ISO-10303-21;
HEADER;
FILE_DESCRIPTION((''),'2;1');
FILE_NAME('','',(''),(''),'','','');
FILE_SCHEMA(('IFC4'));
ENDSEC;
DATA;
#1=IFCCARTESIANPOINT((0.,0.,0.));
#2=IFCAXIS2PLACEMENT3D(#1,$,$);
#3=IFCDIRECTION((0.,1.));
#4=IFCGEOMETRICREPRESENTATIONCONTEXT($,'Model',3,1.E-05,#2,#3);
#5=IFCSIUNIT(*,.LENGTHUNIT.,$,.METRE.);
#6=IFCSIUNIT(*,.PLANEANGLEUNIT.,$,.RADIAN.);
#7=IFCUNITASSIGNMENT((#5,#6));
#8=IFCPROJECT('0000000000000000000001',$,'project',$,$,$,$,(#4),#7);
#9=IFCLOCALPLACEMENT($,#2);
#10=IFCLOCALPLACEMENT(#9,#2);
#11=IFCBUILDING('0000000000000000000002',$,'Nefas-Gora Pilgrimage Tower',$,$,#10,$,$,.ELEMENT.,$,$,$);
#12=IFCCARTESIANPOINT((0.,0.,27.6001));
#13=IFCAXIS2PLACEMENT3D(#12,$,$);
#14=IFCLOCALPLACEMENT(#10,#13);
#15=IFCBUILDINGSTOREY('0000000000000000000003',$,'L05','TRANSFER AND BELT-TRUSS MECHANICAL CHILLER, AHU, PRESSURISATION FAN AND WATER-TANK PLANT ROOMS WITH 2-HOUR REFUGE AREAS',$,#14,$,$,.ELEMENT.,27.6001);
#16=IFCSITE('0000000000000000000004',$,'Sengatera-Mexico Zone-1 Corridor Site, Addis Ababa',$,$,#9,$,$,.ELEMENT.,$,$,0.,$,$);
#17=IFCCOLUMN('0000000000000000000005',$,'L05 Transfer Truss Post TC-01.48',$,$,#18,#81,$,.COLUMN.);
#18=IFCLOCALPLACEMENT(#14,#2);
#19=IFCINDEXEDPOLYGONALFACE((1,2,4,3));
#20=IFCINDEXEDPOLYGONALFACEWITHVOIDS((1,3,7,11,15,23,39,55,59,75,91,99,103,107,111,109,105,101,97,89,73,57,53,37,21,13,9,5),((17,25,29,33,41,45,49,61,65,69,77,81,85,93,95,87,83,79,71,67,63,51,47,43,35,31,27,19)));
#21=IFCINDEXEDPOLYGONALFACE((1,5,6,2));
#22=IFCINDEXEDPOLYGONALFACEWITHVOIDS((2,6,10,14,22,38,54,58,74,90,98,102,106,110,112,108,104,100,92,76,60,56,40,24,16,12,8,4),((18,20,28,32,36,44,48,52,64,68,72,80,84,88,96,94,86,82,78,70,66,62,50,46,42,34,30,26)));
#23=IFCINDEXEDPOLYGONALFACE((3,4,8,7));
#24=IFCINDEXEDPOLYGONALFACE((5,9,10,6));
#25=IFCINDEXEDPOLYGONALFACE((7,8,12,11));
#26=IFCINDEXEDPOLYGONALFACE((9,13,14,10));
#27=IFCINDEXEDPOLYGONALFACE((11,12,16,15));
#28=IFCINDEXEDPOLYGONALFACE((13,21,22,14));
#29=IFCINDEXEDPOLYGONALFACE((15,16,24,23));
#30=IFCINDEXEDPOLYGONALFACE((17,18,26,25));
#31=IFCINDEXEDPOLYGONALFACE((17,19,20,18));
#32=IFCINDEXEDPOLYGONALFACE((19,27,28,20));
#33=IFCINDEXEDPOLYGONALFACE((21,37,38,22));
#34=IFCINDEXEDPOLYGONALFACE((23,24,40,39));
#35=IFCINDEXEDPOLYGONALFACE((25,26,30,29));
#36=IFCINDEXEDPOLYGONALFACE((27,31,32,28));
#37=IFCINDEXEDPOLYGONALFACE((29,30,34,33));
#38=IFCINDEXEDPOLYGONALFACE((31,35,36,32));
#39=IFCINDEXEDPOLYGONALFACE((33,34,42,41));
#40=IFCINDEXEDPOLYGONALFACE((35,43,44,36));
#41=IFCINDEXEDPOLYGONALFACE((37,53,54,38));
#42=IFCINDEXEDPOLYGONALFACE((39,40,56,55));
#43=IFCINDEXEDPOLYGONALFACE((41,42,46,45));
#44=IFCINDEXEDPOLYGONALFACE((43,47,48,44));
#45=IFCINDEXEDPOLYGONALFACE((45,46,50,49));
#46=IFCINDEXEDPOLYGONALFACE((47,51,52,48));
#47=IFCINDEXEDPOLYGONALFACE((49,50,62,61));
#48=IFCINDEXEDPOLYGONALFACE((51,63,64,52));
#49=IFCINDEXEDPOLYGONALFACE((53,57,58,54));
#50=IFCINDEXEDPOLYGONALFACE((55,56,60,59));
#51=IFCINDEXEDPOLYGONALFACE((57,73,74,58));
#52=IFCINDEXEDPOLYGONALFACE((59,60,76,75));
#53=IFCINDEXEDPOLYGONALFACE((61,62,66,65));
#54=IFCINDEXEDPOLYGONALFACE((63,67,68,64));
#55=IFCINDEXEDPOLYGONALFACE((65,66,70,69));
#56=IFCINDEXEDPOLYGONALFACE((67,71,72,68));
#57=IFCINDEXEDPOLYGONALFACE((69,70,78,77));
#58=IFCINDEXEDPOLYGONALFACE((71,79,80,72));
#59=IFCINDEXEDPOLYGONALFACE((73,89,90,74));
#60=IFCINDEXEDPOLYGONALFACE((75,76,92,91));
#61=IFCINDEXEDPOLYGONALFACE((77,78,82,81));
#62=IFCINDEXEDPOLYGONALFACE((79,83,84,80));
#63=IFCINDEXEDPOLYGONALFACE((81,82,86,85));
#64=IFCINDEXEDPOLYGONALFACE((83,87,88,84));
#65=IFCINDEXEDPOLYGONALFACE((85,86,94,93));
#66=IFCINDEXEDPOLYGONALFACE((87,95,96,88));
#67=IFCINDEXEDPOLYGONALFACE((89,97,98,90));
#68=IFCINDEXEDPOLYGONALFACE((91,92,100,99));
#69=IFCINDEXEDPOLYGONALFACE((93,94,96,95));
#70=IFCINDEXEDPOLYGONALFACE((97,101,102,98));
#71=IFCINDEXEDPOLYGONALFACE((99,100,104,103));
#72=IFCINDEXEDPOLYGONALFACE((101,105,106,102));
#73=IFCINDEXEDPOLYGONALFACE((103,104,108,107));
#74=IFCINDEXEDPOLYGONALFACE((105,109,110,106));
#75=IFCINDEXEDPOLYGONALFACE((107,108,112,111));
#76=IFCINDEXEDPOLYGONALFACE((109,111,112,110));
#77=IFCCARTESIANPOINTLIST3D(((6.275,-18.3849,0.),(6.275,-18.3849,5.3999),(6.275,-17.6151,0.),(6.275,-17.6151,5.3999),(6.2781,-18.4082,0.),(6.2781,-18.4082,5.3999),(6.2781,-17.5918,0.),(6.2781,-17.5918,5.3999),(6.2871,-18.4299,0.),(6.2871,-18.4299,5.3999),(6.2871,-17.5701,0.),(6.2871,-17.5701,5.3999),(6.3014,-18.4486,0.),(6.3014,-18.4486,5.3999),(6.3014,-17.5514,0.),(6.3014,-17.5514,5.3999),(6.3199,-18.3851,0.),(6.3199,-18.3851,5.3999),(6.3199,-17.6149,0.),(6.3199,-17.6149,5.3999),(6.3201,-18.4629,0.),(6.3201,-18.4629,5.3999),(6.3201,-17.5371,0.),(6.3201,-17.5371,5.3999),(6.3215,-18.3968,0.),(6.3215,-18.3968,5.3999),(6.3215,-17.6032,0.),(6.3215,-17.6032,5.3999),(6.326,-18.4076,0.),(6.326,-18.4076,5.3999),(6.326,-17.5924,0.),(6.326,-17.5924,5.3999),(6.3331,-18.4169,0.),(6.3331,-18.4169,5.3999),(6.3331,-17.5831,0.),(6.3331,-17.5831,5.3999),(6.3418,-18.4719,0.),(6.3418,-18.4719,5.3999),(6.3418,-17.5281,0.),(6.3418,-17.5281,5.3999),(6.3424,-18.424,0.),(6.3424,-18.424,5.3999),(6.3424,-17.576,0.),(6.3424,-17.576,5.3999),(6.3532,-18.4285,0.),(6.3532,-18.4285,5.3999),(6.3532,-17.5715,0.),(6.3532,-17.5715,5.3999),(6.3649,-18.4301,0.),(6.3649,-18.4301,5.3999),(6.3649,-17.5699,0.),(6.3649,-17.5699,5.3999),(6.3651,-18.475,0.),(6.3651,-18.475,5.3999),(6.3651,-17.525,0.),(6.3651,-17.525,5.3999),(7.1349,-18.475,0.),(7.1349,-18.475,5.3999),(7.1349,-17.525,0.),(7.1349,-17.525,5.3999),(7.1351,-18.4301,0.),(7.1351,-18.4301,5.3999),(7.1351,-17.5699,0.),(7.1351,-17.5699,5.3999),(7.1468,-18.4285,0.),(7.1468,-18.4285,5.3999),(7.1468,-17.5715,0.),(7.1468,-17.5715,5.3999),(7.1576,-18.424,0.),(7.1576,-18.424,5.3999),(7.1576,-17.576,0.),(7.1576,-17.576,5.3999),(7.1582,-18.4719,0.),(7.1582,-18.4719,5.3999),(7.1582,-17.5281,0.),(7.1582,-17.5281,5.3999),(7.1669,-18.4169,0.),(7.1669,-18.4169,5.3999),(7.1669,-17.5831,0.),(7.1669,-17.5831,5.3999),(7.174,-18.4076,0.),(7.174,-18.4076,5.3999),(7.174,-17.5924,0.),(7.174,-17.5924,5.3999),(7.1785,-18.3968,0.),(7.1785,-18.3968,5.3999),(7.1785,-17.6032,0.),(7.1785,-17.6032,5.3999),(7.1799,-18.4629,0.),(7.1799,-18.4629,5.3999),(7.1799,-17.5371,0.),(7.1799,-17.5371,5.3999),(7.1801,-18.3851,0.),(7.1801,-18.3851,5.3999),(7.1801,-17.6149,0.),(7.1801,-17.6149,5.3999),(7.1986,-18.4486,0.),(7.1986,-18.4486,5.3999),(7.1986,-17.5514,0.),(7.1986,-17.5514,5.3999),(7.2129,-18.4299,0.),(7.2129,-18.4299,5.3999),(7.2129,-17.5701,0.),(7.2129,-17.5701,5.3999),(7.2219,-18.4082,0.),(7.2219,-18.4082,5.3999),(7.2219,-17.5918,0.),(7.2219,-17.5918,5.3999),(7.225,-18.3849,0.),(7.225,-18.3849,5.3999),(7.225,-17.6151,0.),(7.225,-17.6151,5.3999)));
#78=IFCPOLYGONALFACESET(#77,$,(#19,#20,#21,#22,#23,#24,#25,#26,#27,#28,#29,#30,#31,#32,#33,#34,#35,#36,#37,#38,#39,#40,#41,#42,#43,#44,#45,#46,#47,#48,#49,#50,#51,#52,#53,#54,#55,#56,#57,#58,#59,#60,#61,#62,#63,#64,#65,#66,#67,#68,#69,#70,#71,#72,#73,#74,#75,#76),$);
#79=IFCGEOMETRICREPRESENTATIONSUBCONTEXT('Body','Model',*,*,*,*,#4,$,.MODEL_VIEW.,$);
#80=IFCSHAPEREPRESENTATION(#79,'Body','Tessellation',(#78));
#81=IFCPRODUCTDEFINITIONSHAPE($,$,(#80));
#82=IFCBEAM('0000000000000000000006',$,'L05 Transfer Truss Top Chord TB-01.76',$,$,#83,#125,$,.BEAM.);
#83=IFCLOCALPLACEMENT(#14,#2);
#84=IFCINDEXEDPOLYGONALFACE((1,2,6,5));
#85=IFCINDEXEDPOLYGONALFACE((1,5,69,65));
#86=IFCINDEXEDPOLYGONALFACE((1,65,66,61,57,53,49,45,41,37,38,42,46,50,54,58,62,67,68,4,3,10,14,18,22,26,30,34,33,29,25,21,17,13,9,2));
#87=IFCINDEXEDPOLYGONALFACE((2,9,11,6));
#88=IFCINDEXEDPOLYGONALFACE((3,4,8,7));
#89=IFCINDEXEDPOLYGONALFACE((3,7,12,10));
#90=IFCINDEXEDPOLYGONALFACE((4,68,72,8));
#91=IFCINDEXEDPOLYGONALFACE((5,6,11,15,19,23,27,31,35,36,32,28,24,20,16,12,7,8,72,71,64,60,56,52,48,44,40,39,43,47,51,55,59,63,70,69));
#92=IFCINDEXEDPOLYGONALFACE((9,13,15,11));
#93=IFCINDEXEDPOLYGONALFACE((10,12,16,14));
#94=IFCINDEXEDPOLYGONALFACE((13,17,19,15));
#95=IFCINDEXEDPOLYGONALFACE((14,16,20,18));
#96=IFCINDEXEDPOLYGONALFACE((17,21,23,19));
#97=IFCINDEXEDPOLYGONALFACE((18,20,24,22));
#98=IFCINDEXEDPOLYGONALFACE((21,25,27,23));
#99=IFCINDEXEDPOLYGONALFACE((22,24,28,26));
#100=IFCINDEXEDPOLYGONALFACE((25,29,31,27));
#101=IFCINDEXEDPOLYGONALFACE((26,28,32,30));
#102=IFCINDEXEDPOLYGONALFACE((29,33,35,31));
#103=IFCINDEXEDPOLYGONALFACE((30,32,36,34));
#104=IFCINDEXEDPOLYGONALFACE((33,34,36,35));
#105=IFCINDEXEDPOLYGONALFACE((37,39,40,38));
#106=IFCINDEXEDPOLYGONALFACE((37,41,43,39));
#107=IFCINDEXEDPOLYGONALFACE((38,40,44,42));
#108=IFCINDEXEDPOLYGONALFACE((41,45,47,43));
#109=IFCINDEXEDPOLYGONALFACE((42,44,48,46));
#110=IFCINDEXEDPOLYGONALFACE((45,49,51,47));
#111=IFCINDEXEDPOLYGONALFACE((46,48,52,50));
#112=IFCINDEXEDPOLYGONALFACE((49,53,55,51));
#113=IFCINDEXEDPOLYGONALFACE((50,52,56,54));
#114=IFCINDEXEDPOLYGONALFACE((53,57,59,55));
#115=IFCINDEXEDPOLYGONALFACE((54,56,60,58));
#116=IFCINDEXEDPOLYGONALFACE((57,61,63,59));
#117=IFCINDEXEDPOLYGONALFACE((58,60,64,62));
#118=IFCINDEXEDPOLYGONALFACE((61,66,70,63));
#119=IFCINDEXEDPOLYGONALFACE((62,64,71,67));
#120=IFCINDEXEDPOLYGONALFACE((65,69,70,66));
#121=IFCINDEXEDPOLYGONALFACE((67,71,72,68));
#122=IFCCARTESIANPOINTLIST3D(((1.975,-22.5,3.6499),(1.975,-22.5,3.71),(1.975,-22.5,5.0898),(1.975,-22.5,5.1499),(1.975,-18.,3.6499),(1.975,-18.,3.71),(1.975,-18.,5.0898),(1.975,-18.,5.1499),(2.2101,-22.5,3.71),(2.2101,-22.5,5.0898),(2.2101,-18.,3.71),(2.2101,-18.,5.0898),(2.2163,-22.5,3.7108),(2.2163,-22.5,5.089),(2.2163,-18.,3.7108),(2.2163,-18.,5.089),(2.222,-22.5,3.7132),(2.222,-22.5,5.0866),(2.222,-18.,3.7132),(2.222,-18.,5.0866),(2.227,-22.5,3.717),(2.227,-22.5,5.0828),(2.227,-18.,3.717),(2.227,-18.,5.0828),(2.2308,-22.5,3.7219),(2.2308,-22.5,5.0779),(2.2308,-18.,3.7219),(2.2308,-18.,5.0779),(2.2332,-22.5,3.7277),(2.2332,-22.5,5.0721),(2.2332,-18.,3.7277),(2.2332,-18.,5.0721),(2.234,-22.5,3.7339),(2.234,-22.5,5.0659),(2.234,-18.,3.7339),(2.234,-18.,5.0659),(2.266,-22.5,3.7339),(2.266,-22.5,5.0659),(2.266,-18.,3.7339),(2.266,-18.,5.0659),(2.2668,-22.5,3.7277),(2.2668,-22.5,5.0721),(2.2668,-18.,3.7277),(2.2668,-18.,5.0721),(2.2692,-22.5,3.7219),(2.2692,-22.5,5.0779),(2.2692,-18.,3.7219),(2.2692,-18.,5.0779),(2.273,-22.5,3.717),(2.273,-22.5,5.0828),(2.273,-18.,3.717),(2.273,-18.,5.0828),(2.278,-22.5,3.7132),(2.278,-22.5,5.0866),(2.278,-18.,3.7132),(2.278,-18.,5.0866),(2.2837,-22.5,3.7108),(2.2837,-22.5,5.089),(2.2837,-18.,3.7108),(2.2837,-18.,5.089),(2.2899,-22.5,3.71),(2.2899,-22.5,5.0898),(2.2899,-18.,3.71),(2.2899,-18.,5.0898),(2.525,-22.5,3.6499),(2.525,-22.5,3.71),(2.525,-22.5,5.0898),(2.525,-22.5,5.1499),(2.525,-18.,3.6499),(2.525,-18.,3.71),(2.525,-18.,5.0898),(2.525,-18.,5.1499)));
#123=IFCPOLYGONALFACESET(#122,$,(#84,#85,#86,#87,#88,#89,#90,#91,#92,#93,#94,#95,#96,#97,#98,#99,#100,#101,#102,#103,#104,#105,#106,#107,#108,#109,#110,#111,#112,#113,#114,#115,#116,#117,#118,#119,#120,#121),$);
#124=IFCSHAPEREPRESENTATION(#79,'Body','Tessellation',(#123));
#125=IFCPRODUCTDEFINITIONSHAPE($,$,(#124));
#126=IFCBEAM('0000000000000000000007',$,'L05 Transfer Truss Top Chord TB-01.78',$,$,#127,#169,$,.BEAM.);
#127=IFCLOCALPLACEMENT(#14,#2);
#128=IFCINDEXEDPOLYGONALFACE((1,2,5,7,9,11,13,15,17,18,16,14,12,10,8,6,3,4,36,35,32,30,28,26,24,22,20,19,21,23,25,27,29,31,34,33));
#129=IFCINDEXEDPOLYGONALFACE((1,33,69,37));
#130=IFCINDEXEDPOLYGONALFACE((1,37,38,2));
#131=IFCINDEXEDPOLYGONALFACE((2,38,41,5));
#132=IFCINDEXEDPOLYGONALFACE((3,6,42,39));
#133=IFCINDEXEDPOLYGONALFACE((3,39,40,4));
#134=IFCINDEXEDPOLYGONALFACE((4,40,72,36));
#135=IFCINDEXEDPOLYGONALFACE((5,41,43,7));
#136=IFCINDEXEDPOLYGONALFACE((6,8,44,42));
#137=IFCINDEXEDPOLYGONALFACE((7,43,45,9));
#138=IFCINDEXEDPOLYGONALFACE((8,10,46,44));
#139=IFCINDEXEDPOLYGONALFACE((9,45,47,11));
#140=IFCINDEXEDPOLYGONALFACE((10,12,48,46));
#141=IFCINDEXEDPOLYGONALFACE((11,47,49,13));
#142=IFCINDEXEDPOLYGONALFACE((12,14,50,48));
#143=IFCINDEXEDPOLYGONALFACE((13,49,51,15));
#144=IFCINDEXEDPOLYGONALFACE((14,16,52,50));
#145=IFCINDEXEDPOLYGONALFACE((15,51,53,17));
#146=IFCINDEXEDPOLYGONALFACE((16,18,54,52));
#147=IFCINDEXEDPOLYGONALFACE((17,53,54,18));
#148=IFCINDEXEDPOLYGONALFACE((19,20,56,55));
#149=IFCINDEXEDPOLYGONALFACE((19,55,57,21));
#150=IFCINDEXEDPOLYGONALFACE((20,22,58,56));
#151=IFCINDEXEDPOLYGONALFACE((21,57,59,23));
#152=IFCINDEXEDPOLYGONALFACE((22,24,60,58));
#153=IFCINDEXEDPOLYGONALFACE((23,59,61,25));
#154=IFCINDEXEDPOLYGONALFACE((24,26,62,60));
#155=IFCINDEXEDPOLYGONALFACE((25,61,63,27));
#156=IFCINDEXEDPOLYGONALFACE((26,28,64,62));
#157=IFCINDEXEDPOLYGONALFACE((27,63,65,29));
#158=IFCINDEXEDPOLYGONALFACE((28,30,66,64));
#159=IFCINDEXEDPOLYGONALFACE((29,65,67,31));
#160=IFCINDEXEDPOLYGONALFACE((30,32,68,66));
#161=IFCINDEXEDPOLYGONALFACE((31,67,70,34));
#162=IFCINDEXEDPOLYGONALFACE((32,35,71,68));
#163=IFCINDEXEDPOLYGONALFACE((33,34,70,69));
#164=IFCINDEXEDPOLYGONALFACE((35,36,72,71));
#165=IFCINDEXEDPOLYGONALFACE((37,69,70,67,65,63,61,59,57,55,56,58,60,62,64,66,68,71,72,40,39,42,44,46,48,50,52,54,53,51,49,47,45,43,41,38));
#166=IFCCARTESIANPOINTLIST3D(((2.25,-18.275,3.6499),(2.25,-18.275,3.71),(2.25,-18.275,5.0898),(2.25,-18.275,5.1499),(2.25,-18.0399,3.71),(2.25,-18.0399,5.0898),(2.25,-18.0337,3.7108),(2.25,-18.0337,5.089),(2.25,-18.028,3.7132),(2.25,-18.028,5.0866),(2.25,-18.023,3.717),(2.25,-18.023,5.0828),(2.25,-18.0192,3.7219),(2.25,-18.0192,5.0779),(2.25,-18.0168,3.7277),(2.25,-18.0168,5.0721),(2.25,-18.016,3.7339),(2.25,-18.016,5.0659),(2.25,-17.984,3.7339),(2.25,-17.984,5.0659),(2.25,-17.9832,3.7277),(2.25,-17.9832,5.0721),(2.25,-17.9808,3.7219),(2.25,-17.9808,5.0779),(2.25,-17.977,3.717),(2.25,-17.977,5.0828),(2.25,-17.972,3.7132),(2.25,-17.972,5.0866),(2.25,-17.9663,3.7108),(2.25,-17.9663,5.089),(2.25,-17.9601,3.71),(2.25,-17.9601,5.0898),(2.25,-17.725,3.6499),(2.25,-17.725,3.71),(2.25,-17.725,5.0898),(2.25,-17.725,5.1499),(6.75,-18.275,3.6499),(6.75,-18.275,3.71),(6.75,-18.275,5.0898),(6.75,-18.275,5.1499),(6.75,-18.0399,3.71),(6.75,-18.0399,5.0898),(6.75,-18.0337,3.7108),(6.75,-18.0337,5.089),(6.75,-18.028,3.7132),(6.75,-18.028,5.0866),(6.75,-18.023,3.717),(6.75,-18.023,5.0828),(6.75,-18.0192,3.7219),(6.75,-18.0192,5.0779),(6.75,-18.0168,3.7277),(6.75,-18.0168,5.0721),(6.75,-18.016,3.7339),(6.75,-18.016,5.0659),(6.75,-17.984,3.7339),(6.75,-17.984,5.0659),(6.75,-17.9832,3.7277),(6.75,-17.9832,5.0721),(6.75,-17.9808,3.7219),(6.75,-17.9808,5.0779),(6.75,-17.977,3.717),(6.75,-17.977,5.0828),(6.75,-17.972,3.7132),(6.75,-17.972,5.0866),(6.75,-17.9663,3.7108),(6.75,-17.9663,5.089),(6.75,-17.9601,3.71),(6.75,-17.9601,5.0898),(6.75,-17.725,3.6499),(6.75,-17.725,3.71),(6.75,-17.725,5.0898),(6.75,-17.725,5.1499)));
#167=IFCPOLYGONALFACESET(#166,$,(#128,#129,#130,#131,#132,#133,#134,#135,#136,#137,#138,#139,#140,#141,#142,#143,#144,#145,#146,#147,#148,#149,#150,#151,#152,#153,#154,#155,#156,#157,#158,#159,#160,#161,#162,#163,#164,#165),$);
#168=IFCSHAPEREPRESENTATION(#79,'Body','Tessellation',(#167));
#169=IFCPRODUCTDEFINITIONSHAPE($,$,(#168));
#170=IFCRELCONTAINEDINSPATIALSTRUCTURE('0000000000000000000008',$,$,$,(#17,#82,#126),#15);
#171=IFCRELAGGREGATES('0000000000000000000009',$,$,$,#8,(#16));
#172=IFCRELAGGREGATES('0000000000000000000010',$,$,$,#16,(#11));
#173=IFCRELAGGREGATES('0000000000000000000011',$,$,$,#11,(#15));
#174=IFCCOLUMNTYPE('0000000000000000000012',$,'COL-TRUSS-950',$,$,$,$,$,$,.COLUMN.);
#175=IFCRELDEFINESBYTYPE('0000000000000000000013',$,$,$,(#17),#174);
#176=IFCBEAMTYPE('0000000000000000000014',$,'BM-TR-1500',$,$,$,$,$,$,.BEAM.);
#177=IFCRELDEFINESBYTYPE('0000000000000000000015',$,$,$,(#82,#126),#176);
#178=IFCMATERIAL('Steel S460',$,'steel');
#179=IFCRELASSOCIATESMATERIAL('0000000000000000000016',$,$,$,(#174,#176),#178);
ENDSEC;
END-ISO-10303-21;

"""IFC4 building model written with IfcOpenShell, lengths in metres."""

from ifc_helpers import new_model, si_unit, direction, frame, origin, origin_2d, place, context, subcontext, project, spatial, hollow_rectangle, i_section, extrude, source, transform, mapped, material, material_profile, profile_set, type_object, element, save


model = new_model("IFC4")

# Units and contexts
model_context = context("Model", 3, precision=1e-05, world=origin(), true_north=direction((0.0, 1.0)))
body_context = subcontext(model_context, "Body", "Model", "MODEL_VIEW")
ifc_project = project(units=[si_unit("LENGTHUNIT", "METRE"), si_unit("PLANEANGLEUNIT", "RADIAN")], contexts=[model_context])

# Site, building, storey
site_placement = place(None, origin())
site = spatial("IfcSite", under=ifc_project, at=site_placement, Name="Sengatera-Mexico Zone-1 Corridor Site, Addis Ababa", CompositionType="ELEMENT", RefElevation=0.0)
building_placement = place(site_placement, origin())
building = spatial("IfcBuilding", under=site, at=building_placement, Name="Nefas-Gora Pilgrimage Tower", CompositionType="ELEMENT")
storey_placement = place(building_placement, frame((0.0, 0.0, 27.6001)))
storey = spatial("IfcBuildingStorey", under=building, at=storey_placement, Name="L05", Description="TRANSFER AND BELT-TRUSS MECHANICAL CHILLER, AHU, PRESSURISATION FAN AND WATER-TANK PLANT ROOMS WITH 2-HOUR REFUGE AREAS", CompositionType="ELEMENT", Elevation=27.6001)

# Column
ifc_material_1 = material(Name="Steel S460", Category="steel")
ifc_material_profile_1 = material_profile(ifc_material_1, hollow_rectangle(XDim=0.95, YDim=0.95, WallThickness=0.0449, InnerFilletRadius=0.0449, OuterFilletRadius=0.0901, at=origin_2d()), Name="BOX 950x950x45")
ifc_profile_set_1 = profile_set([ifc_material_profile_1], Name="Steel S460")
column_type_1 = type_object("IfcColumnType", Name="COL-TRUSS-950", PredefinedType="COLUMN", material=ifc_profile_set_1)
shared_shape_1 = source(origin(), body_context, "Body", "SweptSolid", [
    extrude(hollow_rectangle(XDim=0.95, YDim=0.95, WallThickness=0.0449, InnerFilletRadius=0.0449, OuterFilletRadius=0.0901, at=origin_2d()), origin(), (0.0, 0.0, 1.0), 5.3999),
])
for number, where, z_axis, x_axis, name in (
    (1, (6.75, -18.0, 0.0), (0.0, 0.0, 1.0), (1.0, 0.0, 0.0), "L05 Transfer Truss Post TC-01.48"),
):
    element("IfcColumn", number, at=place(storey_placement, frame(where, z_axis=z_axis, x_axis=x_axis)), inside=storey, type_object=column_type_1, Name=name, PredefinedType="COLUMN", context=body_context, shape_type="MappedRepresentation", body=[
        mapped(shared_shape_1, transform((0.0, 0.0, 0.0), x_axis=(1.0, 0.0, 0.0), y_axis=(0.0, 1.0, 0.0), z_axis=(0.0, 0.0, 1.0), scale=1.0)),
    ])

# Beams
ifc_material_profile_2 = material_profile(ifc_material_1, i_section(OverallWidth=0.55, OverallDepth=1.5, WebThickness=0.032, FlangeThickness=0.0601, FilletRadius=0.0239, at=origin_2d()), Name="WPG 1500x550x32x60")
ifc_profile_set_2 = profile_set([ifc_material_profile_2], Name="Steel S460")
beam_type_1 = type_object("IfcBeamType", Name="BM-TR-1500", PredefinedType="BEAM", material=ifc_profile_set_2)
shared_shape_2 = source(origin(), body_context, "Body", "SweptSolid", [
    extrude(i_section(OverallWidth=0.55, OverallDepth=1.5, WebThickness=0.032, FlangeThickness=0.0601, FilletRadius=0.0239, at=origin_2d()), origin(), (0.0, 0.0, 1.0), 4.5),
])
for number, where, z_axis, x_axis, name in (
    (2, (2.25, -22.5, 4.3999), (0.0, 1.0, 0.0), (-1.0, 0.0, 0.0), "L05 Transfer Truss Top Chord TB-01.76"),
    (3, (2.25, -18.0, 4.3999), (1.0, 0.0, 0.0), (0.0, 1.0, 0.0), "L05 Transfer Truss Top Chord TB-01.78"),
):
    element("IfcBeam", number, at=place(storey_placement, frame(where, z_axis=z_axis, x_axis=x_axis)), inside=storey, type_object=beam_type_1, Name=name, PredefinedType="BEAM", context=body_context, shape_type="MappedRepresentation", body=[
        mapped(shared_shape_2, transform((0.0, 0.0, 0.0), x_axis=(1.0, 0.0, 0.0), y_axis=(0.0, 1.0, 0.0), z_axis=(0.0, 0.0, 1.0), scale=1.0)),
    ])

save(model, "model.ifc")
